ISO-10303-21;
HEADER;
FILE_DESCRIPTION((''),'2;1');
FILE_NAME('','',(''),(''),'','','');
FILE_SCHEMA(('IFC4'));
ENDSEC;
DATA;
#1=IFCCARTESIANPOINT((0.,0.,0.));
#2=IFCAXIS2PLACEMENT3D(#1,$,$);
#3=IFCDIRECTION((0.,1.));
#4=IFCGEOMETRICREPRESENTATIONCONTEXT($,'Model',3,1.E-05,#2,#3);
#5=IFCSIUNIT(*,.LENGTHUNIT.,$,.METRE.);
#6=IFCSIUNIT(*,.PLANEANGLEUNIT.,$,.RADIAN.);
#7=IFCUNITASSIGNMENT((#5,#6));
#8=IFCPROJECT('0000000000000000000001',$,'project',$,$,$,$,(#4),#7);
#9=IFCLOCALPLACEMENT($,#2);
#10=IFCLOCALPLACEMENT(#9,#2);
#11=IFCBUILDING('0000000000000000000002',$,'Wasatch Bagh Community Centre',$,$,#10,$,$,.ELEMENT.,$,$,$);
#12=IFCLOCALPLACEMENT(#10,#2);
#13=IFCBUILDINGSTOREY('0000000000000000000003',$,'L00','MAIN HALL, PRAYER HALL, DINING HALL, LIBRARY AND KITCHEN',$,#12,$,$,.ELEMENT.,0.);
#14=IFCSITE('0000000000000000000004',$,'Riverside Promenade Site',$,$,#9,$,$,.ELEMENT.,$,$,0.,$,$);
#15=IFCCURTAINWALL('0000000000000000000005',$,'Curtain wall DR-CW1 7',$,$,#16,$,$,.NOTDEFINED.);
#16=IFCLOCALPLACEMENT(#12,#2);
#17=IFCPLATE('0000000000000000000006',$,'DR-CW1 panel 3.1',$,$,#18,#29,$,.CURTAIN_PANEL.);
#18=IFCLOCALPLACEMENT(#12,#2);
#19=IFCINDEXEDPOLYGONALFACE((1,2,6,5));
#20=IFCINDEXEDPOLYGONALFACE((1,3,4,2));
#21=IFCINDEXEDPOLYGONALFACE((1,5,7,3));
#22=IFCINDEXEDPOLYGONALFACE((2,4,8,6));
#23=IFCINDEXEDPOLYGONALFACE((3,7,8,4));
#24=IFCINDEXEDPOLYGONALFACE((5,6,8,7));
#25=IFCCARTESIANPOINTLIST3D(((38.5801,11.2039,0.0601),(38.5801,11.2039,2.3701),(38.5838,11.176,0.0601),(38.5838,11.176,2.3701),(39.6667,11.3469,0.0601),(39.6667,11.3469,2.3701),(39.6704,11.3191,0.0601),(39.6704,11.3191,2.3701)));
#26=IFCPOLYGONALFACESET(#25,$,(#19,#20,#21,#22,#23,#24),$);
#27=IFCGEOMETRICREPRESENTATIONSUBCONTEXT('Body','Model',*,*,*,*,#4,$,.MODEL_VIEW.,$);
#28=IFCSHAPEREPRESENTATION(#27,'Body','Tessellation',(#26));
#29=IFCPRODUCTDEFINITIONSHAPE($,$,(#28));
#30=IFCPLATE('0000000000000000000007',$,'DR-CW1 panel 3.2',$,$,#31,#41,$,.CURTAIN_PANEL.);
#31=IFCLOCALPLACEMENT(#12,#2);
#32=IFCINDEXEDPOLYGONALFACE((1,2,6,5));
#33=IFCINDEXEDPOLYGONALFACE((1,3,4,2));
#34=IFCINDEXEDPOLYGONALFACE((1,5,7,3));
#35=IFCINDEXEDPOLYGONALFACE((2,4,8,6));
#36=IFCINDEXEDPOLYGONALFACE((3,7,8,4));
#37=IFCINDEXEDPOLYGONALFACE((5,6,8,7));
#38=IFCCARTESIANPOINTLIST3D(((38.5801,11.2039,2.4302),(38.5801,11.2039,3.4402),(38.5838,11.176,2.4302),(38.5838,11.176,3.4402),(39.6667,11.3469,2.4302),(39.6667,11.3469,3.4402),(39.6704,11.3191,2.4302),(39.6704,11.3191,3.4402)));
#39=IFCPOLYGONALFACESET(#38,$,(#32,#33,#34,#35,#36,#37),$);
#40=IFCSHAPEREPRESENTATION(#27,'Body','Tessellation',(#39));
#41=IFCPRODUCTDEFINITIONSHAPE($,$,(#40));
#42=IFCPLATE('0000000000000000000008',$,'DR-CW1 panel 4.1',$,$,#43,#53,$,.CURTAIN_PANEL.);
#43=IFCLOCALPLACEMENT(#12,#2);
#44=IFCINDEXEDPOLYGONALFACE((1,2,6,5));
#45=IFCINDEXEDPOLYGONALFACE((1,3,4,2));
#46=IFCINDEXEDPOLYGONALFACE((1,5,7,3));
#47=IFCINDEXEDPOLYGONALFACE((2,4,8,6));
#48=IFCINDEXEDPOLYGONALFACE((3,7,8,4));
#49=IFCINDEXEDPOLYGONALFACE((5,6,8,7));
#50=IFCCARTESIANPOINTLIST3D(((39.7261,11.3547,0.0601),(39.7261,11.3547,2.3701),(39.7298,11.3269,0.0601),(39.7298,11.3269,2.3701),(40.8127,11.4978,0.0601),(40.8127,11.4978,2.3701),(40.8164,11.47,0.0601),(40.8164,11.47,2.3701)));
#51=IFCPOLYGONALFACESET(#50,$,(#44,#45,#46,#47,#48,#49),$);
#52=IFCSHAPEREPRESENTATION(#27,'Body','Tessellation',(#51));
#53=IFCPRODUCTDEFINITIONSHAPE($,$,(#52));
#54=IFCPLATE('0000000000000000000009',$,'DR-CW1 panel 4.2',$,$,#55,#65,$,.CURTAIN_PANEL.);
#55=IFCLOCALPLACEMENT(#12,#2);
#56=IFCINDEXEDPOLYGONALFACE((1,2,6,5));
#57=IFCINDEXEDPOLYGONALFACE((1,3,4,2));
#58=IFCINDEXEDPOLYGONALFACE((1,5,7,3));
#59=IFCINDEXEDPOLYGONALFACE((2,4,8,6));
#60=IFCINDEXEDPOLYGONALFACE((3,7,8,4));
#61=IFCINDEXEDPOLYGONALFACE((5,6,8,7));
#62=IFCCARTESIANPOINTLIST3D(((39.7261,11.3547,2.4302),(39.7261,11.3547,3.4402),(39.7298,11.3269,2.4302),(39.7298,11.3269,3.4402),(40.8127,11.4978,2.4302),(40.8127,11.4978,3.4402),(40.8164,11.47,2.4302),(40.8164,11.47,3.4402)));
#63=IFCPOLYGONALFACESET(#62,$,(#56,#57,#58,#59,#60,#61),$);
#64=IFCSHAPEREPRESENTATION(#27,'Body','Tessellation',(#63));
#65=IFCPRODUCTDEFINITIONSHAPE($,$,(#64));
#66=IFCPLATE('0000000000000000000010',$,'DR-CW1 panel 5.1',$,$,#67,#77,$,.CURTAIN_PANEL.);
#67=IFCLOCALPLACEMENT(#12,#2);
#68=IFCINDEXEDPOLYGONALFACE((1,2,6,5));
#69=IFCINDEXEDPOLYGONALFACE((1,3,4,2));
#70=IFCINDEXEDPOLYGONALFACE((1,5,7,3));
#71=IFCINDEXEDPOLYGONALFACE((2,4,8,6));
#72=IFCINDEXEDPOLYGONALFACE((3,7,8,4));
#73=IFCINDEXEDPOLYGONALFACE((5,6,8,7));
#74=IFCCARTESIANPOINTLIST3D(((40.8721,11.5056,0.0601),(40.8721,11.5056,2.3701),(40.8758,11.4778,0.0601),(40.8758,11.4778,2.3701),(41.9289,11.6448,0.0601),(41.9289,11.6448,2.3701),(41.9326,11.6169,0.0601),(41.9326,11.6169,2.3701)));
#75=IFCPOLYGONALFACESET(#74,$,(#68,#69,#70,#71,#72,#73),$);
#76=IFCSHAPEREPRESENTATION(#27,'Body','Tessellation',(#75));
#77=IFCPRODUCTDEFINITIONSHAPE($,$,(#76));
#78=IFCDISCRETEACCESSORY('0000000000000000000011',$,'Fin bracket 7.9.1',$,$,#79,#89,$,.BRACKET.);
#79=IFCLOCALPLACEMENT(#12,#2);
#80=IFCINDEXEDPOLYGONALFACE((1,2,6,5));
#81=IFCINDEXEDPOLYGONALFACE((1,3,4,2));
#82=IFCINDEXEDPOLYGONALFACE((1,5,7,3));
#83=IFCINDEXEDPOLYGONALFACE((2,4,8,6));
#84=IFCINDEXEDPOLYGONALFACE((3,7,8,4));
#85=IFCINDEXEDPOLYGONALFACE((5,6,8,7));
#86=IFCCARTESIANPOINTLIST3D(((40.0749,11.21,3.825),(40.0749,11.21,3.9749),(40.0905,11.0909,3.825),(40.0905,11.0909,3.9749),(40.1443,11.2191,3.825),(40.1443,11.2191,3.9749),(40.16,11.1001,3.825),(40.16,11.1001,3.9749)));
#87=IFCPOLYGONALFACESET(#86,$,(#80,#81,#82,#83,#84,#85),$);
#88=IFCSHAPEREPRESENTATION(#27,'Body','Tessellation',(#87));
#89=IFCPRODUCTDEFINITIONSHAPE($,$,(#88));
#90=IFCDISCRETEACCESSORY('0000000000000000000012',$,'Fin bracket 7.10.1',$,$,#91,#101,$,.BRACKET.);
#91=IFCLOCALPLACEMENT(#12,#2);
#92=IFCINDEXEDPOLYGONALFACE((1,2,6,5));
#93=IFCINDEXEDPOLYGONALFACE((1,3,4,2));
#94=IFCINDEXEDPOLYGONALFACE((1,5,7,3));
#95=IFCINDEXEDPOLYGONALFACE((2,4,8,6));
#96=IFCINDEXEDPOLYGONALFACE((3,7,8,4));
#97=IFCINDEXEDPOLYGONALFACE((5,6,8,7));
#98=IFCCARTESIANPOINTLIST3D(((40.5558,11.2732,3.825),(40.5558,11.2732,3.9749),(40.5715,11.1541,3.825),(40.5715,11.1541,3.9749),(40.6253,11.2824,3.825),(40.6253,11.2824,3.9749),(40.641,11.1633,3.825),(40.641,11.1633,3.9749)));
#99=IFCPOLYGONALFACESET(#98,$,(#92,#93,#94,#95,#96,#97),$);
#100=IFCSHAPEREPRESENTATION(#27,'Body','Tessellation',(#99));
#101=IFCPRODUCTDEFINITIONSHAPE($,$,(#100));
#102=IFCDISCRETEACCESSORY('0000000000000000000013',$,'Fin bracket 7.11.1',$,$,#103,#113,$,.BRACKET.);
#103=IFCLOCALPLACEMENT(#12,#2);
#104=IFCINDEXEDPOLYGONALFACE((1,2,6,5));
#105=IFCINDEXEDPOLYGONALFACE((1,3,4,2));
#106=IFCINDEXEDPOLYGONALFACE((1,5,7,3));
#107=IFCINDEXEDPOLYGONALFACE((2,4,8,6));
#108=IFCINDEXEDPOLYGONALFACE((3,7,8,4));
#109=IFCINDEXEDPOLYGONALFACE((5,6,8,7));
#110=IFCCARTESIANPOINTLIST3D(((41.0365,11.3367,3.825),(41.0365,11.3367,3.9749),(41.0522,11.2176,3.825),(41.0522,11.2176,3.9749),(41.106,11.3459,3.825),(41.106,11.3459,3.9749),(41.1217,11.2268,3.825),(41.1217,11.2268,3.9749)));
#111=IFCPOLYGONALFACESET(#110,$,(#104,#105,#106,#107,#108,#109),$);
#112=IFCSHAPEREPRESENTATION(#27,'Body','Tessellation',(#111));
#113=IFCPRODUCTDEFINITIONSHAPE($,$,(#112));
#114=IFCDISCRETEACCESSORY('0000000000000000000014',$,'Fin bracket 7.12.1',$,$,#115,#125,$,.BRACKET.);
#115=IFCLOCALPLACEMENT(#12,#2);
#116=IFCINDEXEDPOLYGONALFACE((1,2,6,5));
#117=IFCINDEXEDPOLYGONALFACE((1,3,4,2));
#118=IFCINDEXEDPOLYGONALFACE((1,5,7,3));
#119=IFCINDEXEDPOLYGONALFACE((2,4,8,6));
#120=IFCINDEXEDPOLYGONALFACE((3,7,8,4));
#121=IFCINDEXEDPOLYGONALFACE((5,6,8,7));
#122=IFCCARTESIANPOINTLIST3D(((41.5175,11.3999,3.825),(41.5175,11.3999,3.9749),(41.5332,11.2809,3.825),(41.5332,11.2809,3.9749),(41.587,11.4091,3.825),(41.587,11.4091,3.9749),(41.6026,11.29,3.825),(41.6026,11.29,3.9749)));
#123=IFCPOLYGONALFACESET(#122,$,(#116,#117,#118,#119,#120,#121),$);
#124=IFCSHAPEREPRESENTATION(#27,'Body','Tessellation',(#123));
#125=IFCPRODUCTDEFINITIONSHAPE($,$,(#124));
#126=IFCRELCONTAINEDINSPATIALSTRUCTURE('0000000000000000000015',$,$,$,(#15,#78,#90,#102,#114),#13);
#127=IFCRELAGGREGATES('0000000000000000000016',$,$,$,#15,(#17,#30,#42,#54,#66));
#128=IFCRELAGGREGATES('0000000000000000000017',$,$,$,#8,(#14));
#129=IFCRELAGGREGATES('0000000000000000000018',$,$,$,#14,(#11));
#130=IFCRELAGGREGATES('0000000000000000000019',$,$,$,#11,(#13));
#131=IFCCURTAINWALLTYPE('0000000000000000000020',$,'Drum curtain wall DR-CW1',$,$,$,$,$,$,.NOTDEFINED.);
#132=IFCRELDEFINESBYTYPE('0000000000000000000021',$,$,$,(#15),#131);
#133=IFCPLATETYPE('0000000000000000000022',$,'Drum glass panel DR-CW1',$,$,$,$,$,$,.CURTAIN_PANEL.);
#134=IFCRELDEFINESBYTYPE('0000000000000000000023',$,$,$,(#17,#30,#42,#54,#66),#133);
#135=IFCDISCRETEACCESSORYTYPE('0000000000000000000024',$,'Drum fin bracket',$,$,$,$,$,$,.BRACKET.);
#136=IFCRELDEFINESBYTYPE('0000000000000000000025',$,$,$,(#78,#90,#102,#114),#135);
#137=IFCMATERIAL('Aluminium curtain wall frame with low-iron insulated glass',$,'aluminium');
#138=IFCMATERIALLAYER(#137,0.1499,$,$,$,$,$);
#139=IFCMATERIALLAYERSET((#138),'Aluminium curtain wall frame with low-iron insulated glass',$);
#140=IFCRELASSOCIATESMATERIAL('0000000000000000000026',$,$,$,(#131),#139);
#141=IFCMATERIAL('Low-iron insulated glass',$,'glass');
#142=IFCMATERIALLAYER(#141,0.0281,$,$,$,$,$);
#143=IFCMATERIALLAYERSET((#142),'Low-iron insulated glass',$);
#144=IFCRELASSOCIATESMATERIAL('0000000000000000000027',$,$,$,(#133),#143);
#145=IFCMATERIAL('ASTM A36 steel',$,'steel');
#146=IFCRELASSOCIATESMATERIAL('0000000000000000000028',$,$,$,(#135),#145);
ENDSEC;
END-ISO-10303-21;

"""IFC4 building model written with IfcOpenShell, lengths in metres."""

from ifc_helpers import new_model, si_unit, direction, frame, origin, origin_2d, place, context, subcontext, project, spatial, rectangle, extrude, material, layer, layer_set, type_object, element, aggregate, save


model = new_model("IFC4")

# Units and contexts
model_context = context("Model", 3, precision=1e-05, world=origin(), true_north=direction((0.0, 1.0)))
body_context = subcontext(model_context, "Body", "Model", "MODEL_VIEW")
ifc_project = project(units=[si_unit("LENGTHUNIT", "METRE"), si_unit("PLANEANGLEUNIT", "RADIAN")], contexts=[model_context])

# Site, building, storey
site_placement = place(None, origin())
site = spatial("IfcSite", under=ifc_project, at=site_placement, Name="Riverside Promenade Site", CompositionType="ELEMENT", RefElevation=0.0)
building_placement = place(site_placement, origin())
building = spatial("IfcBuilding", under=site, at=building_placement, Name="Wasatch Bagh Community Centre", CompositionType="ELEMENT")
storey_placement = place(building_placement, origin())
storey = spatial("IfcBuildingStorey", under=building, at=storey_placement, Name="L00", Description="MAIN HALL, PRAYER HALL, DINING HALL, LIBRARY AND KITCHEN", CompositionType="ELEMENT", Elevation=0.0)

# Curtain wall, plates
ifc_material_1 = material(Name="Aluminium curtain wall frame with low-iron insulated glass", Category="aluminium")
ifc_layer_1 = layer(ifc_material_1, 0.1499)
ifc_layer_set_1 = layer_set([ifc_layer_1], Name="Aluminium curtain wall frame with low-iron insulated glass")
curtain_wall_type = type_object("IfcCurtainWallType", Name="Drum curtain wall DR-CW1", PredefinedType="NOTDEFINED", material=ifc_layer_set_1)
curtain_wall_placement = place(storey_placement, origin())
curtain_wall = element("IfcCurtainWall", 1, at=curtain_wall_placement, inside=storey, type_object=curtain_wall_type, Name="Curtain wall DR-CW1 7", PredefinedType="NOTDEFINED")
ifc_material_2 = material(Name="Low-iron insulated glass", Category="glass")
ifc_layer_2 = layer(ifc_material_2, 0.0281)
ifc_layer_set_2 = layer_set([ifc_layer_2], Name="Low-iron insulated glass")
plate_type = type_object("IfcPlateType", Name="Drum glass panel DR-CW1", PredefinedType="CURTAIN_PANEL", material=ifc_layer_set_2)
plate_1_placement = place(storey_placement, frame((39.1252, 11.2615, 0.0601), z_axis=(0.0, 0.0, 1.0), x_axis=(0.991445, 0.130526, 0.0)))
plate_1 = element("IfcPlate", 2, at=plate_1_placement, type_object=plate_type, Name="DR-CW1 panel 3.1", PredefinedType="CURTAIN_PANEL", context=body_context, shape_type="SweptSolid", body=[
    extrude(rectangle(XDim=1.0959, YDim=0.0281, at=origin_2d()), origin(), (0.0, 0.0, 1.0), 2.3101),
])
plate_2_placement = place(storey_placement, frame((39.1252, 11.2615, 2.4302), z_axis=(0.0, 0.0, 1.0), x_axis=(0.991445, 0.130526, 0.0)))
plate_2 = element("IfcPlate", 3, at=plate_2_placement, type_object=plate_type, Name="DR-CW1 panel 3.2", PredefinedType="CURTAIN_PANEL", context=body_context, shape_type="SweptSolid", body=[
    extrude(rectangle(XDim=1.0959, YDim=0.0281, at=origin_2d()), origin(), (0.0, 0.0, 1.0), 1.01),
])
plate_3_placement = place(storey_placement, frame((40.2712, 11.4124, 0.0601), z_axis=(0.0, 0.0, 1.0), x_axis=(0.991445, 0.130526, 0.0)))
plate_3 = element("IfcPlate", 4, at=plate_3_placement, type_object=plate_type, Name="DR-CW1 panel 4.1", PredefinedType="CURTAIN_PANEL", context=body_context, shape_type="SweptSolid", body=[
    extrude(rectangle(XDim=1.0959, YDim=0.0281, at=origin_2d()), origin(), (0.0, 0.0, 1.0), 2.3101),
])
plate_4_placement = place(storey_placement, frame((40.2712, 11.4124, 2.4302), z_axis=(0.0, 0.0, 1.0), x_axis=(0.991445, 0.130526, 0.0)))
plate_4 = element("IfcPlate", 5, at=plate_4_placement, type_object=plate_type, Name="DR-CW1 panel 4.2", PredefinedType="CURTAIN_PANEL", context=body_context, shape_type="SweptSolid", body=[
    extrude(rectangle(XDim=1.0959, YDim=0.0281, at=origin_2d()), origin(), (0.0, 0.0, 1.0), 1.01),
])
plate_5_placement = place(storey_placement, frame((41.4023, 11.5613, 0.0601), z_axis=(0.0, 0.0, 1.0), x_axis=(0.991445, 0.130526, 0.0)))
plate_5 = element("IfcPlate", 6, at=plate_5_placement, type_object=plate_type, Name="DR-CW1 panel 5.1", PredefinedType="CURTAIN_PANEL", context=body_context, shape_type="SweptSolid", body=[
    extrude(rectangle(XDim=1.0659, YDim=0.0281, at=origin_2d()), origin(), (0.0, 0.0, 1.0), 2.3101),
])
aggregate(curtain_wall, [plate_1, plate_2, plate_3, plate_4, plate_5])

# Discrete accessories
ifc_material_3 = material(Name="ASTM A36 steel", Category="steel")
discrete_accessory_type = type_object("IfcDiscreteAccessoryType", Name="Drum fin bracket", PredefinedType="BRACKET", material=ifc_material_3)
for number, where, z_axis, x_axis, name in (
    (7, (40.1174, 11.155, 3.825), (0.0, 0.0, 1.0), (0.991445, 0.130526, 0.0), "Fin bracket 7.9.1"),
    (8, (40.5984, 11.2183, 3.825), (0.0, 0.0, 1.0), (0.991445, 0.130526, 0.0), "Fin bracket 7.10.1"),
    (9, (41.0791, 11.2817, 3.825), (0.0, 0.0, 1.0), (0.991445, 0.130526, 0.0), "Fin bracket 7.11.1"),
    (10, (41.5601, 11.345, 3.825), (0.0, 0.0, 1.0), (0.991445, 0.130526, 0.0), "Fin bracket 7.12.1"),
):
    element("IfcDiscreteAccessory", number, at=place(storey_placement, frame(where, z_axis=z_axis, x_axis=x_axis)), inside=storey, type_object=discrete_accessory_type, Name=name, PredefinedType="BRACKET", context=body_context, shape_type="SweptSolid", body=[
        extrude(rectangle(XDim=0.0701, YDim=0.1201, at=origin_2d()), origin(), (0.0, 0.0, 1.0), 0.1499),
    ])

save(model, "model.ifc")
